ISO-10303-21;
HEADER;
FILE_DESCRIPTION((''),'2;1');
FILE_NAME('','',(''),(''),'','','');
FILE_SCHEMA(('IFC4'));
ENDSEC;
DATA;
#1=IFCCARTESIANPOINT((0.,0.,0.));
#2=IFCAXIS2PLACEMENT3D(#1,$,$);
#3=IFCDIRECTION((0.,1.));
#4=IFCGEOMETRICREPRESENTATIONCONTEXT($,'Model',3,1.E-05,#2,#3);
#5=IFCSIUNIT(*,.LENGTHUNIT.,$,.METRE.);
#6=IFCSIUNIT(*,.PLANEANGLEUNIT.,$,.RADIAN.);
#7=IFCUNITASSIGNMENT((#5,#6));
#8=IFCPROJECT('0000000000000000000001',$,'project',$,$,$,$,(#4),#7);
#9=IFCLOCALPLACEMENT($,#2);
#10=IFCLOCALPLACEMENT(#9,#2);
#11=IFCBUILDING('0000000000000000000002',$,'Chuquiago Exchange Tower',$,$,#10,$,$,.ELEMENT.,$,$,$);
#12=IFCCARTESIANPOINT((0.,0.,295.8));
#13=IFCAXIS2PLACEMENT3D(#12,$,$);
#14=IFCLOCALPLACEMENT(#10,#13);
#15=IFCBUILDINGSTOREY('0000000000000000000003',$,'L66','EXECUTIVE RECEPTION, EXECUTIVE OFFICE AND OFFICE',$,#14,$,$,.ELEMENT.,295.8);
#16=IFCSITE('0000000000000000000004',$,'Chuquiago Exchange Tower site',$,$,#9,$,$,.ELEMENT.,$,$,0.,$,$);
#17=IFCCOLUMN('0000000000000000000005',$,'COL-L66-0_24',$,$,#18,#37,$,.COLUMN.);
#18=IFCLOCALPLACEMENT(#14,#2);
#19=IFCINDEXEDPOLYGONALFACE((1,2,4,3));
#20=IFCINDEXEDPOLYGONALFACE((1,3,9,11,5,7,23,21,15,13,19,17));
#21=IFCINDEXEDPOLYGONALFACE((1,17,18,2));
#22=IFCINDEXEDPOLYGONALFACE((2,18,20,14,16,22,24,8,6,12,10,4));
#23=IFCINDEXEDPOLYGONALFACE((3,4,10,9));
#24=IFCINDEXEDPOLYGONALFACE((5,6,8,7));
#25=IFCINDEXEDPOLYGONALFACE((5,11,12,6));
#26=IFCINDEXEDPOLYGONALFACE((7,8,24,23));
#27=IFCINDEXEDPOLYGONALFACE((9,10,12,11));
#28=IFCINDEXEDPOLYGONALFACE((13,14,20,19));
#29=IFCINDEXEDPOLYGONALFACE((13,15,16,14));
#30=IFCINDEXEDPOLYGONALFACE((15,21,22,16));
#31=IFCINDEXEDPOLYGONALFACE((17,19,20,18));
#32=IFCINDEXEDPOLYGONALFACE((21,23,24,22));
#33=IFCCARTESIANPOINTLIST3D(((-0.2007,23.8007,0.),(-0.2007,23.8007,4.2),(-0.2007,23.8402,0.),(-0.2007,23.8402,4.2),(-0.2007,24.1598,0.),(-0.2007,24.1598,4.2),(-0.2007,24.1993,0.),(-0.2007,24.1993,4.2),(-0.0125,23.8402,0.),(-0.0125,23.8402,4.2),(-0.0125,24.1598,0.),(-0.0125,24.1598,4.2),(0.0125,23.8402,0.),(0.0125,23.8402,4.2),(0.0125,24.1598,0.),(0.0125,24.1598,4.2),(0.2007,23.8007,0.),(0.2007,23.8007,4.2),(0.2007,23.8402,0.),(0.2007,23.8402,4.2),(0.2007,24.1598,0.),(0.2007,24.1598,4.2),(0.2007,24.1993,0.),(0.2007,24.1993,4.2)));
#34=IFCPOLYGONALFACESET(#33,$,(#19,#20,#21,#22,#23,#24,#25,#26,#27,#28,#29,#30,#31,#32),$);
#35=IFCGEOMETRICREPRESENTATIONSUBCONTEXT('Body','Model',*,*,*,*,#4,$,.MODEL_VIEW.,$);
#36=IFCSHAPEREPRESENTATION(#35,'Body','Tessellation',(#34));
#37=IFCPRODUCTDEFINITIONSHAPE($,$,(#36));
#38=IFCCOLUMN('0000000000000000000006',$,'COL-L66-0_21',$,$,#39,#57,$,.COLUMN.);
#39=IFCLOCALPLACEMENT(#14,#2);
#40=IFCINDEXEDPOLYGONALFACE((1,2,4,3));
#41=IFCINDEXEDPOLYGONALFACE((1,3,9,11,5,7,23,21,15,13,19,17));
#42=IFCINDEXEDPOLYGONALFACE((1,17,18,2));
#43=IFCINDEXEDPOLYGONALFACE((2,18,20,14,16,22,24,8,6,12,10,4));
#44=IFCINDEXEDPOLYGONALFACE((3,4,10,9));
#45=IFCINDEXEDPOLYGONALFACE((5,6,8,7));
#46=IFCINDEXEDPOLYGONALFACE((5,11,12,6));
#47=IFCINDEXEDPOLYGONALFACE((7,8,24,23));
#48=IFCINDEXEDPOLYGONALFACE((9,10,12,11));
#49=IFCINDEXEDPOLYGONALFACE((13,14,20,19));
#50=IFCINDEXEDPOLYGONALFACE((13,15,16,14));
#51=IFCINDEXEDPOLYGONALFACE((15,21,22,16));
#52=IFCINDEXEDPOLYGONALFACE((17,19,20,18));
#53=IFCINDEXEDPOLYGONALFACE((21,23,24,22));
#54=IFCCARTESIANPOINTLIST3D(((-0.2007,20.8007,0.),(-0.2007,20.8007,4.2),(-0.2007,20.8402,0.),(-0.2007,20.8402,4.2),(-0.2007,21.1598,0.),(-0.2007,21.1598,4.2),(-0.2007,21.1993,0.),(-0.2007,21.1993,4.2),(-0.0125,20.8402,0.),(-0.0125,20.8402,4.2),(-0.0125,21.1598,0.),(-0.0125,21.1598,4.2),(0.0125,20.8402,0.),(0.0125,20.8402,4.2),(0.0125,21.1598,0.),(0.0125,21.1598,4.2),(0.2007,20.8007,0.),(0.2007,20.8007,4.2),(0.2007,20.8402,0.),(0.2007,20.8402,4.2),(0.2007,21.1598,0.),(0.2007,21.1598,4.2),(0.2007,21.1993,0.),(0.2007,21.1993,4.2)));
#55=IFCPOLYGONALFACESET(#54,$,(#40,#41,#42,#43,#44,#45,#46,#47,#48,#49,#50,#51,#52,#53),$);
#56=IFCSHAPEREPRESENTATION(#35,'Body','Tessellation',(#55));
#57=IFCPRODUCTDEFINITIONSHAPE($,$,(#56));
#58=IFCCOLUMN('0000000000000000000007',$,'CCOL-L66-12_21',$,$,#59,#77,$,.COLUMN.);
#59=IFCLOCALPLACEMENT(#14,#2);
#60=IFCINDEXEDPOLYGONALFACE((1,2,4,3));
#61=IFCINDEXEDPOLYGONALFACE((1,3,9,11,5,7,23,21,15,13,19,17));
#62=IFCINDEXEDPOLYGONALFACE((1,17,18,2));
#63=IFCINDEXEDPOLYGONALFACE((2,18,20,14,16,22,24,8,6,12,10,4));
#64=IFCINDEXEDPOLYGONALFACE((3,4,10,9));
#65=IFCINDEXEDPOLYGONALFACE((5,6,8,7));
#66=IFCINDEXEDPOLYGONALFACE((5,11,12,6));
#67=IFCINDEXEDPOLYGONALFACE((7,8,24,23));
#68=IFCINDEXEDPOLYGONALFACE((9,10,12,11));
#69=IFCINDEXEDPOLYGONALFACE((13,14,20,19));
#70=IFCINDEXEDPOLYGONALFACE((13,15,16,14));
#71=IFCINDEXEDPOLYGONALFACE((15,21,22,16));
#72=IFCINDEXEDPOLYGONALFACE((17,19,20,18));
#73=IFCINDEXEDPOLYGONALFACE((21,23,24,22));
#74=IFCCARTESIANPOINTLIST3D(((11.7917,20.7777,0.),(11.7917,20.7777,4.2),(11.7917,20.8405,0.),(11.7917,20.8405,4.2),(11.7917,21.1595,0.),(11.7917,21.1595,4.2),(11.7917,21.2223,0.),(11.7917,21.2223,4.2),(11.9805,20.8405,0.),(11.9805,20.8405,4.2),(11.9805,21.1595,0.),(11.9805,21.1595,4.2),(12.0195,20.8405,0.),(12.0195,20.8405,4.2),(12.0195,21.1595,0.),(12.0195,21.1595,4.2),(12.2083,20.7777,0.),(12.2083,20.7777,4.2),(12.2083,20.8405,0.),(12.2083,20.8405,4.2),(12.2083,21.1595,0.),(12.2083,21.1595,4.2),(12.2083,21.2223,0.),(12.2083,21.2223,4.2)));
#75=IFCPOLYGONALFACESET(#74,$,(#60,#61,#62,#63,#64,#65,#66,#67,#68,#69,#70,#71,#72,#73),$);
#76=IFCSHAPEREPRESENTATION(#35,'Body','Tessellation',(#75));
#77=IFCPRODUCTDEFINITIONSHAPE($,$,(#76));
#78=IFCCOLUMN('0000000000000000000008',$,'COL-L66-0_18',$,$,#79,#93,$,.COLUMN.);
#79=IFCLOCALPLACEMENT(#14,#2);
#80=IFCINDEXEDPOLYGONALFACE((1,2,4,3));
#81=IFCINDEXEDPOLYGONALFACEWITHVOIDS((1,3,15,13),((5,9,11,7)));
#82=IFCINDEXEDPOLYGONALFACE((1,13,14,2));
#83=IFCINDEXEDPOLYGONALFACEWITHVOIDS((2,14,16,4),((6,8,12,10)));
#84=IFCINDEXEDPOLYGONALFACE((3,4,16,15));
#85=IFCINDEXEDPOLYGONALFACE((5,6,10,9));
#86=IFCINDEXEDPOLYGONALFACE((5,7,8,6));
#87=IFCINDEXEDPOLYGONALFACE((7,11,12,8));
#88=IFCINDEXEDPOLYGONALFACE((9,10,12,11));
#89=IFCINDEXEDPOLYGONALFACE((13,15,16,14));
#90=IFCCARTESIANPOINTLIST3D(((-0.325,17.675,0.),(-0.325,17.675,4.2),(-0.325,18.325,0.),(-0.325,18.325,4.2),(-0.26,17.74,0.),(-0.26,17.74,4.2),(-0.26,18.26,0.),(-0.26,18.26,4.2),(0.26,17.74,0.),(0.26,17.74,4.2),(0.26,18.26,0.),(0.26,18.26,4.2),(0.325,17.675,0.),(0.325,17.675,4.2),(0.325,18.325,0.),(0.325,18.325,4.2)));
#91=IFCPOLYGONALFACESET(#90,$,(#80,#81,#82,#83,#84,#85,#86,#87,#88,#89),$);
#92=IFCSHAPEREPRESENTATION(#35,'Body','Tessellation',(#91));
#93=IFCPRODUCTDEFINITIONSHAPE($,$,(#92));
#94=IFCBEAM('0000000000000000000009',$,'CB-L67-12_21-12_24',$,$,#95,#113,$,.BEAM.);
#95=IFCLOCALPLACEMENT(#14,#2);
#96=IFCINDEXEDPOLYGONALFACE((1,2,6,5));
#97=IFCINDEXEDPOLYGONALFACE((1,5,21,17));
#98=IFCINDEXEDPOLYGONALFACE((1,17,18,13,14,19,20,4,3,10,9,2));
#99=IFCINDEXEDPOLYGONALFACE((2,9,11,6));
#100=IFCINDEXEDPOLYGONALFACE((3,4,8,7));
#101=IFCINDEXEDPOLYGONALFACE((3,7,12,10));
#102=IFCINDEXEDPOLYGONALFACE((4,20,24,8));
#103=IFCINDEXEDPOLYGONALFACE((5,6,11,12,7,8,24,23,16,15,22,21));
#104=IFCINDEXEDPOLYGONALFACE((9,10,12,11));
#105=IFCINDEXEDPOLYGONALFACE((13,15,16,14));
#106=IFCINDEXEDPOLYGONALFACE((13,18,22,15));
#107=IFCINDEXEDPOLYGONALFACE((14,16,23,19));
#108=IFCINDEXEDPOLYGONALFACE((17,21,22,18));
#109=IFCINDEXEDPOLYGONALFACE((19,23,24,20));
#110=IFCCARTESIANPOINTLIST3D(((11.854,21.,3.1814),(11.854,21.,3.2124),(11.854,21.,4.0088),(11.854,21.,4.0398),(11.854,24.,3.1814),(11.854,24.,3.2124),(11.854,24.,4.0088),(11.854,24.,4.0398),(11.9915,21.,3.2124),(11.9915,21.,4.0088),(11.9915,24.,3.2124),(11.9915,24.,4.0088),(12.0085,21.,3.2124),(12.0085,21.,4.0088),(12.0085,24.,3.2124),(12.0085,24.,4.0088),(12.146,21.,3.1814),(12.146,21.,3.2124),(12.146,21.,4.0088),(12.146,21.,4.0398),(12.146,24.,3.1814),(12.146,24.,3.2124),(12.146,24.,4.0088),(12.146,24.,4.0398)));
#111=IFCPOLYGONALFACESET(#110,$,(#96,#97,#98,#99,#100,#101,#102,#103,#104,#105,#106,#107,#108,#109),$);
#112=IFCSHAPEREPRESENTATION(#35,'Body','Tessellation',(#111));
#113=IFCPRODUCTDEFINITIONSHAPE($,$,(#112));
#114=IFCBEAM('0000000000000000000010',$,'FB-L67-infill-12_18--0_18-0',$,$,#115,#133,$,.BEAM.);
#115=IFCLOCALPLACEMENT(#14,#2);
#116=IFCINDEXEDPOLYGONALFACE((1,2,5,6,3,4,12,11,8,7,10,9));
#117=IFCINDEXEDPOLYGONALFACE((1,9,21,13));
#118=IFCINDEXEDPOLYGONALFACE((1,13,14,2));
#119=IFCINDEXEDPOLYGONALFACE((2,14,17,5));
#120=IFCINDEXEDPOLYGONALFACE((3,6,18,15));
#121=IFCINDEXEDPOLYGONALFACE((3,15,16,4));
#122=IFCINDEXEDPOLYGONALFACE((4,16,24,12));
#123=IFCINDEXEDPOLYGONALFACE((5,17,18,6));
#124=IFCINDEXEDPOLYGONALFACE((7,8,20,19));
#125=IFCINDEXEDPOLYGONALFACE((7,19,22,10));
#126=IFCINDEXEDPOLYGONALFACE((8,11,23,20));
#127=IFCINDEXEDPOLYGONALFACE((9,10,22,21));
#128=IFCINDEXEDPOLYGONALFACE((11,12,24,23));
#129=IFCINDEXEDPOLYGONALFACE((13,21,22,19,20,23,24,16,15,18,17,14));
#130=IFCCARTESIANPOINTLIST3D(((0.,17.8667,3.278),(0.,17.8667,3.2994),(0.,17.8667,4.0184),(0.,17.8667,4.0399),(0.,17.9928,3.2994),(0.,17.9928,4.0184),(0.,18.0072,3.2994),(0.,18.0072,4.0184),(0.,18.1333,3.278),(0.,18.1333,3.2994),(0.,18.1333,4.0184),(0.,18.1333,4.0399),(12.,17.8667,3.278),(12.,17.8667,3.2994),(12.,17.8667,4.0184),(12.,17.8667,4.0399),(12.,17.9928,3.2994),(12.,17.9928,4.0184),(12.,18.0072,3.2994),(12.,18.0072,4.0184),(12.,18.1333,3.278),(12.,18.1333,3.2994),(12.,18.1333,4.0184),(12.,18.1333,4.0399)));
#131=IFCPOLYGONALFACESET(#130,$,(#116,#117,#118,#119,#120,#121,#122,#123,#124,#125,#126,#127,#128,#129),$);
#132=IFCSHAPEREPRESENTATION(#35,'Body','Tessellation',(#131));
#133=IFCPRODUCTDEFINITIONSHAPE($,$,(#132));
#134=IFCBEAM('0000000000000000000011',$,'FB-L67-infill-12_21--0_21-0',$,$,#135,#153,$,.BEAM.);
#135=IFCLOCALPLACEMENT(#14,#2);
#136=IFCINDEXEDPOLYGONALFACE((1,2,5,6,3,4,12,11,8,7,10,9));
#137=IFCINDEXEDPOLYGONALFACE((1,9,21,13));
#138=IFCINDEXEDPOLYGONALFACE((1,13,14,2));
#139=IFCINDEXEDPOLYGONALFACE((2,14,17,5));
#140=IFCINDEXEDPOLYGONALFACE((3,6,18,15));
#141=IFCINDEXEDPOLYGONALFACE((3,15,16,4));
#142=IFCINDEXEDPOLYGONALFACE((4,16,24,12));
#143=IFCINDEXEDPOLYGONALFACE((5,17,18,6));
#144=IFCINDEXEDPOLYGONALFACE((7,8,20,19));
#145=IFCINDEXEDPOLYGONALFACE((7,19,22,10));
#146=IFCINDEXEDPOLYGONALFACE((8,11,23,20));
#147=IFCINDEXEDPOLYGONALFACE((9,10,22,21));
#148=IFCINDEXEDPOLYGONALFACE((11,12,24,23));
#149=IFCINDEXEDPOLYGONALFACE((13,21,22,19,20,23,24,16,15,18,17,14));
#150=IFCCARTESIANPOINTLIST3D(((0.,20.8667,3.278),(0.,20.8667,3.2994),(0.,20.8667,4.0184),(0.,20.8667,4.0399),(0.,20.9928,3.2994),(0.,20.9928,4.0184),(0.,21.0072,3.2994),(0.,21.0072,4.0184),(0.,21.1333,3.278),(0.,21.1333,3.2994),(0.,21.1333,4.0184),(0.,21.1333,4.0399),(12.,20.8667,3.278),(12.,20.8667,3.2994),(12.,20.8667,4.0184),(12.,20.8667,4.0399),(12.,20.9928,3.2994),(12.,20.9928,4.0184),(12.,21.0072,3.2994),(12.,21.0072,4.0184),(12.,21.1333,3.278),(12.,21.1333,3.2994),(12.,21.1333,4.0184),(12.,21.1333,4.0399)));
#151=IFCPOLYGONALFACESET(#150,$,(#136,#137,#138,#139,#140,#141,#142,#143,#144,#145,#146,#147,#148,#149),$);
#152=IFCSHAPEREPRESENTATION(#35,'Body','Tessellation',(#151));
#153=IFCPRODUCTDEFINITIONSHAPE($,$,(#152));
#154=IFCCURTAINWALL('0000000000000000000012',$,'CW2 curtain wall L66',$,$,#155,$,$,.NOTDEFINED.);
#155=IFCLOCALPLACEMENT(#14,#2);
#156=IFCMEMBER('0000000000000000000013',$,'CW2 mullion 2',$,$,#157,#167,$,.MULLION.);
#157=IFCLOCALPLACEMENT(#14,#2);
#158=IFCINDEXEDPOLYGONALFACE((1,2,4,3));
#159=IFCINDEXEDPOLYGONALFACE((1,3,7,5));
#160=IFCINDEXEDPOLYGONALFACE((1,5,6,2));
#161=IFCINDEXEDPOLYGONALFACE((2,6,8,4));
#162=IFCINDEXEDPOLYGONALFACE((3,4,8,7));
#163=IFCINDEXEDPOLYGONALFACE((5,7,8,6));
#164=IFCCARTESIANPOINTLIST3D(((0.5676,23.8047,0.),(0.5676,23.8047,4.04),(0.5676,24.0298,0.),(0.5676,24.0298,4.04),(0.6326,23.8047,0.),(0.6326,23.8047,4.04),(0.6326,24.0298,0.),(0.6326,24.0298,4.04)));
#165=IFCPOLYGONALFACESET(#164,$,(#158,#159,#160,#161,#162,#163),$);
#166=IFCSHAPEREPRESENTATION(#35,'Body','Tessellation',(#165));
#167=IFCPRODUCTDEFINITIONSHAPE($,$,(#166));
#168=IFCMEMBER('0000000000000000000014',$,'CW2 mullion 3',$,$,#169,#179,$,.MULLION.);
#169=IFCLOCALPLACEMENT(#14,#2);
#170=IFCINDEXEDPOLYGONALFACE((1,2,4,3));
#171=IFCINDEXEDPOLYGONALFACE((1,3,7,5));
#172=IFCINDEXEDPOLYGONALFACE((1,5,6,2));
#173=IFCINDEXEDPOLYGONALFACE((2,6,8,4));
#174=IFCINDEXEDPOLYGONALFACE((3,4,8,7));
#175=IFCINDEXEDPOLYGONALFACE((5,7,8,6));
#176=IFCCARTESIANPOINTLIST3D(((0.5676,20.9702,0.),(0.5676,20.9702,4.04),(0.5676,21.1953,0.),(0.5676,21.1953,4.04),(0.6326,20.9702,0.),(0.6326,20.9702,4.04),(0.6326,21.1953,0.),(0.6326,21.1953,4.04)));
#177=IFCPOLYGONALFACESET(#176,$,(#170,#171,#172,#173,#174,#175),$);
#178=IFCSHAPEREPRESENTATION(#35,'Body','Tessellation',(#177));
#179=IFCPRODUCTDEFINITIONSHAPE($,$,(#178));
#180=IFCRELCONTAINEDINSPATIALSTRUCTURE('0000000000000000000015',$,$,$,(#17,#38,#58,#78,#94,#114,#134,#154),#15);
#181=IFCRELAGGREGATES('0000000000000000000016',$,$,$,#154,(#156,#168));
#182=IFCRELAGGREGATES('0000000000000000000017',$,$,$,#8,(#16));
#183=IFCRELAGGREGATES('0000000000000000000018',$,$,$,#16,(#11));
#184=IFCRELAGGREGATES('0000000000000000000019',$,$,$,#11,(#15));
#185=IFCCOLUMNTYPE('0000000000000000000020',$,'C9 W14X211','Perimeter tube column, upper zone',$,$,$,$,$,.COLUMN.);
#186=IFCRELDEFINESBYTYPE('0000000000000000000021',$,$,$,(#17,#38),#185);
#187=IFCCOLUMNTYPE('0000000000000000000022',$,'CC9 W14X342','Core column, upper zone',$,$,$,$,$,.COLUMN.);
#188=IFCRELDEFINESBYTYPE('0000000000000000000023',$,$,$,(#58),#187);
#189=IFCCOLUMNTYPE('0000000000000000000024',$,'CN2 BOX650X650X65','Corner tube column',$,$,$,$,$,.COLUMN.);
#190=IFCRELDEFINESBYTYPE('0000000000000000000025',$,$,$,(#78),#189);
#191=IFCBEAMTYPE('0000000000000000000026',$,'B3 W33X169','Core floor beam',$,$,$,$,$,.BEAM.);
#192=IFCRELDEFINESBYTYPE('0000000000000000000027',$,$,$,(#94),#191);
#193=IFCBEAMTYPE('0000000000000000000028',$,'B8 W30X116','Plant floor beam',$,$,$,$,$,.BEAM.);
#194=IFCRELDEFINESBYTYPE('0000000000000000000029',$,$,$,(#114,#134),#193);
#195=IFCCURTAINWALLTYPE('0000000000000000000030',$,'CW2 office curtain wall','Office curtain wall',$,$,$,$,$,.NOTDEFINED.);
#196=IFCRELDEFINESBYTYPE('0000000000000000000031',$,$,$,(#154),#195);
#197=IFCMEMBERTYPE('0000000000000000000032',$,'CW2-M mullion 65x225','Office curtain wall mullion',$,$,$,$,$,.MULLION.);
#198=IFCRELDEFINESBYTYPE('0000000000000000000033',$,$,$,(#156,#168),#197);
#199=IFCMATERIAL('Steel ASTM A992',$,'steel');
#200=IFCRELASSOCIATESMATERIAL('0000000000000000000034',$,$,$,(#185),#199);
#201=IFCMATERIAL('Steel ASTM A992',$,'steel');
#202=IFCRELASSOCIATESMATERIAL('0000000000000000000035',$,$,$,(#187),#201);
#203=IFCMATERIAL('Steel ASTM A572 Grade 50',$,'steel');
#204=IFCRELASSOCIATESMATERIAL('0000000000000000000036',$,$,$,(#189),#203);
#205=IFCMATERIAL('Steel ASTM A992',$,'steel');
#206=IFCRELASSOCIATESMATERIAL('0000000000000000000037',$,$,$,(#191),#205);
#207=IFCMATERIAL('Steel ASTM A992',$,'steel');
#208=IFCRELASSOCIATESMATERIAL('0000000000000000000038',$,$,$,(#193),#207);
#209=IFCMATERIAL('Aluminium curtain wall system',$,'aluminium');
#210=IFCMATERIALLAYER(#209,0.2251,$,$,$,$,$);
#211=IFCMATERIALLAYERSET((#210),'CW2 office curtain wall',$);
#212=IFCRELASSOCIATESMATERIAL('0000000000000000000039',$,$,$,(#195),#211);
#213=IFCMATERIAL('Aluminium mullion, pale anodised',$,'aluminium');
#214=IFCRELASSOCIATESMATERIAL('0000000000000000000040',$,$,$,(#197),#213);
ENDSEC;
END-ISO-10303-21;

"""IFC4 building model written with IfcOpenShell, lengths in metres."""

from ifc_helpers import new_model, si_unit, direction, frame, origin, origin_2d, place, context, subcontext, project, spatial, rectangle, hollow_rectangle, i_section, extrude, material, layer, layer_set, material_profile, profile_set, type_object, element, aggregate, save


model = new_model("IFC4")

# Units and contexts
model_context = context("Model", 3, precision=1e-05, world=origin(), true_north=direction((0.0, 1.0)))
body_context = subcontext(model_context, "Body", "Model", "MODEL_VIEW")
ifc_project = project(units=[si_unit("LENGTHUNIT", "METRE"), si_unit("PLANEANGLEUNIT", "RADIAN")], contexts=[model_context])

# Site, building, storey
site_placement = place(None, origin())
site = spatial("IfcSite", under=ifc_project, at=site_placement, Name="Chuquiago Exchange Tower site", CompositionType="ELEMENT", RefElevation=0.0)
building_placement = place(site_placement, origin())
building = spatial("IfcBuilding", under=site, at=building_placement, Name="Chuquiago Exchange Tower", CompositionType="ELEMENT")
storey_placement = place(building_placement, frame((0.0, 0.0, 295.8)))
storey = spatial("IfcBuildingStorey", under=building, at=storey_placement, Name="L66", Description="EXECUTIVE RECEPTION, EXECUTIVE OFFICE AND OFFICE", CompositionType="ELEMENT", Elevation=295.8)

# Columns
ifc_material_1 = material(Name="Steel ASTM A992", Category="steel")
ifc_material_profile_1 = material_profile(ifc_material_1, i_section(OverallWidth=0.4014, OverallDepth=0.3987, WebThickness=0.0249, FlangeThickness=0.0396, at=origin_2d()), Name="W14X211")
ifc_profile_set_1 = profile_set([ifc_material_profile_1], Name="Steel ASTM A992")
column_type_1 = type_object("IfcColumnType", Name="C9 W14X211", Description="Perimeter tube column, upper zone", PredefinedType="COLUMN", material=ifc_profile_set_1)
for number, where, z_axis, x_axis, name in (
    (1, (0.0, 24.0, 0.0), (0.0, 0.0, 1.0), (-1.0, 0.0, 0.0), "COL-L66-0_24"),
    (2, (0.0, 21.0, 0.0), (0.0, 0.0, 1.0), (-1.0, 0.0, 0.0), "COL-L66-0_21"),
):
    element("IfcColumn", number, at=place(storey_placement, frame(where, z_axis=z_axis, x_axis=x_axis)), inside=storey, type_object=column_type_1, Name=name, PredefinedType="COLUMN", context=body_context, shape_type="SweptSolid", body=[
        extrude(i_section(OverallWidth=0.4014, OverallDepth=0.3987, WebThickness=0.0249, FlangeThickness=0.0396, at=origin_2d()), origin(), (0.0, 0.0, 1.0), 4.2),
    ])
ifc_material_2 = material(Name="Steel ASTM A992", Category="steel")
ifc_material_profile_2 = material_profile(ifc_material_2, i_section(OverallWidth=0.4165, OverallDepth=0.4446, WebThickness=0.0391, FlangeThickness=0.0627, at=origin_2d()), Name="W14X342")
ifc_profile_set_2 = profile_set([ifc_material_profile_2], Name="Steel ASTM A992")
column_type_2 = type_object("IfcColumnType", Name="CC9 W14X342", Description="Core column, upper zone", PredefinedType="COLUMN", material=ifc_profile_set_2)
column_1_placement = place(storey_placement, frame((12.0, 21.0, 0.0), z_axis=(0.0, 0.0, 1.0), x_axis=(1.0, 0.0, 0.0)))
element("IfcColumn", 3, at=column_1_placement, inside=storey, type_object=column_type_2, Name="CCOL-L66-12_21", PredefinedType="COLUMN", context=body_context, shape_type="SweptSolid", body=[
    extrude(i_section(OverallWidth=0.4165, OverallDepth=0.4446, WebThickness=0.0391, FlangeThickness=0.0627, at=origin_2d()), origin(), (0.0, 0.0, 1.0), 4.2),
])
ifc_material_3 = material(Name="Steel ASTM A572 Grade 50", Category="steel")
ifc_material_profile_3 = material_profile(ifc_material_3, hollow_rectangle(XDim=0.6499, YDim=0.6499, WallThickness=0.0649, at=origin_2d()), Name="BOX650X650X65")
ifc_profile_set_3 = profile_set([ifc_material_profile_3], Name="Steel ASTM A572 Grade 50")
column_type_3 = type_object("IfcColumnType", Name="CN2 BOX650X650X65", Description="Corner tube column", PredefinedType="COLUMN", material=ifc_profile_set_3)
column_2_placement = place(storey_placement, frame((0.0, 18.0, 0.0), z_axis=(0.0, 0.0, 1.0), x_axis=(-1.0, 0.0, 0.0)))
element("IfcColumn", 4, at=column_2_placement, inside=storey, type_object=column_type_3, Name="COL-L66-0_18", PredefinedType="COLUMN", context=body_context, shape_type="SweptSolid", body=[
    extrude(hollow_rectangle(XDim=0.6499, YDim=0.6499, WallThickness=0.0649, at=origin_2d()), origin(), (0.0, 0.0, 1.0), 4.2),
])

# Beams
ifc_material_4 = material(Name="Steel ASTM A992", Category="steel")
ifc_material_profile_4 = material_profile(ifc_material_4, i_section(OverallWidth=0.292, OverallDepth=0.8584, WebThickness=0.0171, FlangeThickness=0.031, at=origin_2d()), Name="W33X169")
ifc_profile_set_4 = profile_set([ifc_material_profile_4], Name="Steel ASTM A992")
beam_type_1 = type_object("IfcBeamType", Name="B3 W33X169", Description="Core floor beam", PredefinedType="BEAM", material=ifc_profile_set_4)
beam_1_placement = place(storey_placement, frame((12.0, 21.0, 3.6106), z_axis=(0.0, 1.0, 0.0), x_axis=(-1.0, 0.0, 0.0)))
element("IfcBeam", 5, at=beam_1_placement, inside=storey, type_object=beam_type_1, Name="CB-L67-12_21-12_24", PredefinedType="BEAM", context=body_context, shape_type="SweptSolid", body=[
    extrude(i_section(OverallWidth=0.292, OverallDepth=0.8584, WebThickness=0.0171, FlangeThickness=0.031, at=origin_2d()), origin(), (0.0, 0.0, 1.0), 3.0),
])
ifc_material_5 = material(Name="Steel ASTM A992", Category="steel")
ifc_material_profile_5 = material_profile(ifc_material_5, i_section(OverallWidth=0.2666, OverallDepth=0.762, WebThickness=0.0144, FlangeThickness=0.0215, at=origin_2d()), Name="W30X116")
ifc_profile_set_5 = profile_set([ifc_material_profile_5], Name="Steel ASTM A992")
beam_type_2 = type_object("IfcBeamType", Name="B8 W30X116", Description="Plant floor beam", PredefinedType="BEAM", material=ifc_profile_set_5)
for number, where, z_axis, x_axis, name in (
    (6, (12.0, 18.0, 3.6589), (-1.0, 0.0, 0.0), (0.0, -1.0, 0.0), "FB-L67-infill-12_18--0_18-0"),
    (7, (12.0, 21.0, 3.6589), (-1.0, 0.0, 0.0), (0.0, -1.0, 0.0), "FB-L67-infill-12_21--0_21-0"),
):
    element("IfcBeam", number, at=place(storey_placement, frame(where, z_axis=z_axis, x_axis=x_axis)), inside=storey, type_object=beam_type_2, Name=name, PredefinedType="BEAM", context=body_context, shape_type="SweptSolid", body=[
        extrude(i_section(OverallWidth=0.2666, OverallDepth=0.762, WebThickness=0.0144, FlangeThickness=0.0215, at=origin_2d()), origin(), (0.0, 0.0, 1.0), 12.0),
    ])

# Curtain wall, members
ifc_material_6 = material(Name="Aluminium curtain wall system", Category="aluminium")
ifc_layer_1 = layer(ifc_material_6, 0.2251)
ifc_layer_set_1 = layer_set([ifc_layer_1], Name="CW2 office curtain wall")
curtain_wall_type_1 = type_object("IfcCurtainWallType", Name="CW2 office curtain wall", Description="Office curtain wall", PredefinedType="NOTDEFINED", material=ifc_layer_set_1)
curtain_wall_1_placement = place(storey_placement, origin())
curtain_wall_1 = element("IfcCurtainWall", 8, at=curtain_wall_1_placement, inside=storey, type_object=curtain_wall_type_1, Name="CW2 curtain wall L66", PredefinedType="NOTDEFINED")
ifc_material_7 = material(Name="Aluminium mullion, pale anodised", Category="aluminium")
ifc_material_profile_6 = material_profile(ifc_material_7, rectangle(XDim=0.0649, YDim=0.2251, at=origin_2d()), Name="AL 65x225")
ifc_profile_set_6 = profile_set([ifc_material_profile_6], Name="Aluminium mullion, pale anodised")
member_type_1 = type_object("IfcMemberType", Name="CW2-M mullion 65x225", Description="Office curtain wall mullion", PredefinedType="MULLION", material=ifc_profile_set_6)
member_1_placement = place(storey_placement, frame((0.6001, 23.9172, 0.0), z_axis=(0.0, 0.0, 1.0), x_axis=(1.0, 0.0, 0.0)))
member_1 = element("IfcMember", 9, at=member_1_placement, type_object=member_type_1, Name="CW2 mullion 2", PredefinedType="MULLION", context=body_context, shape_type="SweptSolid", body=[
    extrude(rectangle(XDim=0.0649, YDim=0.2251, at=origin_2d()), origin(), (0.0, 0.0, 1.0), 4.04),
])
member_2_placement = place(storey_placement, frame((0.6001, 21.0828, 0.0), z_axis=(0.0, 0.0, 1.0), x_axis=(1.0, 0.0, 0.0)))
member_2 = element("IfcMember", 10, at=member_2_placement, type_object=member_type_1, Name="CW2 mullion 3", PredefinedType="MULLION", context=body_context, shape_type="SweptSolid", body=[
    extrude(rectangle(XDim=0.0649, YDim=0.2251, at=origin_2d()), origin(), (0.0, 0.0, 1.0), 4.04),
])

aggregate(curtain_wall_1, [member_1, member_2])

save(model, "model.ifc")
